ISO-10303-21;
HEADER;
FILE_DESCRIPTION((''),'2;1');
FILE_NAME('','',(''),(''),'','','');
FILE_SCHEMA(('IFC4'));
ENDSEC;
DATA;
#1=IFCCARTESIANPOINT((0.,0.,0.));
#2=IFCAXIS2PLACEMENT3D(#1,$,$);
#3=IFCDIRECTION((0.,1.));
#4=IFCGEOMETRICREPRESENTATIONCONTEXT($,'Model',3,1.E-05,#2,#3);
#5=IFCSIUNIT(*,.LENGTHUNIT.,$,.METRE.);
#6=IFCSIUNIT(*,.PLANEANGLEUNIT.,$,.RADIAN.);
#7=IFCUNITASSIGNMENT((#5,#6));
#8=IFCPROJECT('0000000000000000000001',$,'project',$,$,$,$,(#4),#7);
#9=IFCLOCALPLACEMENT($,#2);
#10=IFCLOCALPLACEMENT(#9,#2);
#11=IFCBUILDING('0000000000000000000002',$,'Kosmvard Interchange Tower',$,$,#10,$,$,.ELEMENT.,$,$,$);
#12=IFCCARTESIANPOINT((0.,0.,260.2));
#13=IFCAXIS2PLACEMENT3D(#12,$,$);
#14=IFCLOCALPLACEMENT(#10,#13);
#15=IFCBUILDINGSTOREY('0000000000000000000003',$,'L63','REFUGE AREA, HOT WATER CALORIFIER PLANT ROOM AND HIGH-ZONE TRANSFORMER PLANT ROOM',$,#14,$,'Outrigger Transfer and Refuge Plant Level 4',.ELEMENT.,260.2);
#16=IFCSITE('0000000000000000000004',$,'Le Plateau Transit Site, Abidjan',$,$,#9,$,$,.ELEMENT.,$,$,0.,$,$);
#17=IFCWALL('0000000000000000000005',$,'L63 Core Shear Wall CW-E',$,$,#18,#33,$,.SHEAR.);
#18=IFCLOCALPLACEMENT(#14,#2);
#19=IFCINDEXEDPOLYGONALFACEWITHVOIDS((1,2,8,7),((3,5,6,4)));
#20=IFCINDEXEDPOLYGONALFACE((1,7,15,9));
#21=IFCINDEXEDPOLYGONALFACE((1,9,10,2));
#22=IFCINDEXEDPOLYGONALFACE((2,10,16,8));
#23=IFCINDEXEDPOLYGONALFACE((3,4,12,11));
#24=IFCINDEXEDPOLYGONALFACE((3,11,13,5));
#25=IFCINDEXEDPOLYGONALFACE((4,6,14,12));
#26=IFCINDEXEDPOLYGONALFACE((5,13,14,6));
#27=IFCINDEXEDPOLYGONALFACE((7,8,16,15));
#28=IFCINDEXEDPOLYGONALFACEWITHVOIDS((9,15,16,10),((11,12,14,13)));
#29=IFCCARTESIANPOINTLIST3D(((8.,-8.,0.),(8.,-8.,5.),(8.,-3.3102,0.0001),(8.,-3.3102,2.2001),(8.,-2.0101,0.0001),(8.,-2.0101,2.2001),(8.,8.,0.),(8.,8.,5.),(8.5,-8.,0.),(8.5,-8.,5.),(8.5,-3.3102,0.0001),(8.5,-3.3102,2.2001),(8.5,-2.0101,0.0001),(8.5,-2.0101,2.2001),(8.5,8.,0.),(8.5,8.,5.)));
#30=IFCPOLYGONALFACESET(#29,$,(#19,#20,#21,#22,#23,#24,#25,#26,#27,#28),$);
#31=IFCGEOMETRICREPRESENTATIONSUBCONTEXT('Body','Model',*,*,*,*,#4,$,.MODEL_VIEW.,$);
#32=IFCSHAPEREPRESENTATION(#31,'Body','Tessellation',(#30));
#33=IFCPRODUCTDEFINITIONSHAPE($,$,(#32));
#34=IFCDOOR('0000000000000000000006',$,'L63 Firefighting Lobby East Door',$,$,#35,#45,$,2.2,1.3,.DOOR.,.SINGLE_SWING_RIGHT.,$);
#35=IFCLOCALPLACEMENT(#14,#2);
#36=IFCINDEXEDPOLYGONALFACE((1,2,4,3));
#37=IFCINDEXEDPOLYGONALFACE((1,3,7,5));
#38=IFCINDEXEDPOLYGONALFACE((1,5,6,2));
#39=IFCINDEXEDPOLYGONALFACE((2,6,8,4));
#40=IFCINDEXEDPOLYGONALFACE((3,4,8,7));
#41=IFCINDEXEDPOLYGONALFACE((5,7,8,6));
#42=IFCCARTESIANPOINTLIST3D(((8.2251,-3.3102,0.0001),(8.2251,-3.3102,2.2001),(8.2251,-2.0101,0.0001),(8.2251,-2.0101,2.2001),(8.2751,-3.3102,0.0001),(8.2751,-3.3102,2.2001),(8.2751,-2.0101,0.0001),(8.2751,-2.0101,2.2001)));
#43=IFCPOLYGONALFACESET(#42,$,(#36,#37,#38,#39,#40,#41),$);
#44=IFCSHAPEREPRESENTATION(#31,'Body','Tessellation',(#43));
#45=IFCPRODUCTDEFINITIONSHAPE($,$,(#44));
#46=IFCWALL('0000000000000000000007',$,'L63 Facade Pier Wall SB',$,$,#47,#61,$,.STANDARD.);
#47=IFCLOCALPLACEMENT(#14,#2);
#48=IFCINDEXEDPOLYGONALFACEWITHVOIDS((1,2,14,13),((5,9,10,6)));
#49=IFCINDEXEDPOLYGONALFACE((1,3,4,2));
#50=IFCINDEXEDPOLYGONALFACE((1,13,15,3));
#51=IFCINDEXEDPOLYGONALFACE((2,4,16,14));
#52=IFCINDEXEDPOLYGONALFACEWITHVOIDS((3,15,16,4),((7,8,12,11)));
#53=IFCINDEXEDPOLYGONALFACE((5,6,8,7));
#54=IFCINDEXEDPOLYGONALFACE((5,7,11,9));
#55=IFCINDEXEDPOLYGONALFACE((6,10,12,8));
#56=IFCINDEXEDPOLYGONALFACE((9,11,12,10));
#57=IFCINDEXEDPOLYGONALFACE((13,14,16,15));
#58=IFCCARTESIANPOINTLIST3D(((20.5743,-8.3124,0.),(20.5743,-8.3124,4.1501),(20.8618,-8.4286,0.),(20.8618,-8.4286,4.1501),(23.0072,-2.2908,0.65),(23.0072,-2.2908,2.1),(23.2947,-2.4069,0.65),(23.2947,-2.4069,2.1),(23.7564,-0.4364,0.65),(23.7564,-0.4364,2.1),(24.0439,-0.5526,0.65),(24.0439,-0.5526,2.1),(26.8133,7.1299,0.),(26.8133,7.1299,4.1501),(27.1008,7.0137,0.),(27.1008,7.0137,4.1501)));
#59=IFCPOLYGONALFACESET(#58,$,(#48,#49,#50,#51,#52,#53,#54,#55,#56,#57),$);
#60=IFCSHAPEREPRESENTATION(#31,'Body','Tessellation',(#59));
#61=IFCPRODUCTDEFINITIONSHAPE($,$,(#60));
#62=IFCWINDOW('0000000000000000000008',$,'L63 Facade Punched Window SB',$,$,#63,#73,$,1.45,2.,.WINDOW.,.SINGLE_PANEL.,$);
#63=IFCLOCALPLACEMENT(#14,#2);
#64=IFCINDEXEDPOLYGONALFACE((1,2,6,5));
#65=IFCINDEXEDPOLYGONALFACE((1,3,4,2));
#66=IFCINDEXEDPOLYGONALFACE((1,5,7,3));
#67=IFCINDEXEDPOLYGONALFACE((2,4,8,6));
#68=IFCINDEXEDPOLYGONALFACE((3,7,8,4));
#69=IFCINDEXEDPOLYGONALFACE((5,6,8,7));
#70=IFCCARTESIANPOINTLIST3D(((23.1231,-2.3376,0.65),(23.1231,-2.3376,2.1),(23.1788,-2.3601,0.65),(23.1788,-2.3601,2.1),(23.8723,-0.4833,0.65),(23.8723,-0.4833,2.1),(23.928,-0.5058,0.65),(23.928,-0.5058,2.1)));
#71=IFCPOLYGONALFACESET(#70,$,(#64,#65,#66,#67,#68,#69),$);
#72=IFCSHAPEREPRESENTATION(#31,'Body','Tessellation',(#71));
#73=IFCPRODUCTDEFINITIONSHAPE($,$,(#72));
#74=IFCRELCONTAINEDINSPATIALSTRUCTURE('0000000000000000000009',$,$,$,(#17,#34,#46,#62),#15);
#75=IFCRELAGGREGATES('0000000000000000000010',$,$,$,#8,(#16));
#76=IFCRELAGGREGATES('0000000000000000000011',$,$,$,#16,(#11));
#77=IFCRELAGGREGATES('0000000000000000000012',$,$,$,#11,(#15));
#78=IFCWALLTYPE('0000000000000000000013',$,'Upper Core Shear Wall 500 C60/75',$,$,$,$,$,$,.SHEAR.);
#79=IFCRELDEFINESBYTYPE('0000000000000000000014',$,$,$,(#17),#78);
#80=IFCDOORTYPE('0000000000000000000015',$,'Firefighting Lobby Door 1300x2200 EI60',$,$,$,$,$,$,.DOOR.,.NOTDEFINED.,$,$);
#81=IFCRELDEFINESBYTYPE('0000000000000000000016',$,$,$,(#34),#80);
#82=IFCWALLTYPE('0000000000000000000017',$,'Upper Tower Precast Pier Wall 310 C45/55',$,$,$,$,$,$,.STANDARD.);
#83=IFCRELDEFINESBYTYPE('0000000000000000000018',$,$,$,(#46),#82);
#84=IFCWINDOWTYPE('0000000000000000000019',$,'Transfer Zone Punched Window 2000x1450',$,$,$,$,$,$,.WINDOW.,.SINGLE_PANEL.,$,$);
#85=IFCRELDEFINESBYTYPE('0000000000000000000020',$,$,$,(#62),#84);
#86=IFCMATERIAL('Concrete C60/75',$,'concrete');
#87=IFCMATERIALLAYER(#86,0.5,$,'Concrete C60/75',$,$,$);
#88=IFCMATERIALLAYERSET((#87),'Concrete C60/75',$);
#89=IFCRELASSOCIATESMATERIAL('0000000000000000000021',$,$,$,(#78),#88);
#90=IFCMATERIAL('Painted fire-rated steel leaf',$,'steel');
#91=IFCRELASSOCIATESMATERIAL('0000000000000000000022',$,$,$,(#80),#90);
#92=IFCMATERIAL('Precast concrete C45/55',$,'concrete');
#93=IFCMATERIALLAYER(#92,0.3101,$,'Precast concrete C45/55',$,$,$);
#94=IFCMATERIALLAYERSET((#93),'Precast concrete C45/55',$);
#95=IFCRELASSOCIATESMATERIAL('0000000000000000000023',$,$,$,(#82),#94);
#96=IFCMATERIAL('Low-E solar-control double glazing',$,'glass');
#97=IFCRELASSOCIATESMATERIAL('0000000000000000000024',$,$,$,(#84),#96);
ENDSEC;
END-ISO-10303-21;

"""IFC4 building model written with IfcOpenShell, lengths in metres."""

from ifc_helpers import new_model, si_unit, direction, frame, frame_2d, origin, place, context, subcontext, project, spatial, rectangle, extrude, source, transform, mapped, material, layer, layer_set, type_object, element, fill, save


model = new_model("IFC4")

# Units and contexts
model_context = context("Model", 3, precision=1e-05, world=origin(), true_north=direction((0.0, 1.0)))
body_context = subcontext(model_context, "Body", "Model", "MODEL_VIEW")
ifc_project = project(units=[si_unit("LENGTHUNIT", "METRE"), si_unit("PLANEANGLEUNIT", "RADIAN")], contexts=[model_context])

# Site, building, storey
site_placement = place(None, origin())
site = spatial("IfcSite", under=ifc_project, at=site_placement, Name="Le Plateau Transit Site, Abidjan", CompositionType="ELEMENT", RefElevation=0.0)
building_placement = place(site_placement, origin())
building = spatial("IfcBuilding", under=site, at=building_placement, Name="Kosmvard Interchange Tower", CompositionType="ELEMENT")
storey_placement = place(building_placement, frame((0.0, 0.0, 260.2)))
storey = spatial("IfcBuildingStorey", under=building, at=storey_placement, Name="L63", Description="REFUGE AREA, HOT WATER CALORIFIER PLANT ROOM AND HIGH-ZONE TRANSFORMER PLANT ROOM", LongName="Outrigger Transfer and Refuge Plant Level 4", CompositionType="ELEMENT", Elevation=260.2)

# Shared definitions
ifc_material_1 = material(Name="Concrete C60/75", Category="concrete")

# Shared definitions
ifc_material_2 = material(Name="Painted fire-rated steel leaf", Category="steel")

# Wall, opening, door
ifc_layer_1 = layer(ifc_material_1, 0.5, Name="Concrete C60/75")
ifc_layer_set_1 = layer_set([ifc_layer_1], Name="Concrete C60/75")
wall_type_1 = type_object("IfcWallType", Name="Upper Core Shear Wall 500 C60/75", PredefinedType="SHEAR", material=ifc_layer_set_1)
wall_1_placement = place(storey_placement, frame((8.25, -8.0, 0.0), z_axis=(0.0, 0.0, 1.0), x_axis=(0.0, 1.0, 0.0)))
wall_1 = element("IfcWall", 1, at=wall_1_placement, inside=storey, type_object=wall_type_1, Name="L63 Core Shear Wall CW-E", PredefinedType="SHEAR", context=body_context, shape_type="SweptSolid", body=[
    extrude(rectangle(XDim=16.0, YDim=0.5, at=frame_2d((8.0, 0.0))), origin(), (0.0, 0.0, 1.0), 5.0),
])
opening_1_placement = place(wall_1_placement, frame((4.6899, 0.0, 0.0)))
opening_1 = element("IfcOpeningElement", 2, at=opening_1_placement, cuts=wall_1, PredefinedType="OPENING", context=body_context, shape_type="SweptSolid", body=[
    extrude(rectangle(XDim=1.3, YDim=2.2, at=frame_2d((0.6499, 1.1001))), frame((0.0, 0.26, 0.0), z_axis=(0.0, -1.0, 0.0), x_axis=(1.0, 0.0, 0.0)), (0.0, 0.0, 1.0), 0.52),
])
door_type_1 = type_object("IfcDoorType", Name="Firefighting Lobby Door 1300x2200 EI60", OperationType="NOTDEFINED", PredefinedType="DOOR", material=ifc_material_2)
shared_shape_1 = source(origin(), body_context, "Body", "SweptSolid", [
    extrude(rectangle(XDim=1.3, YDim=2.2, at=frame_2d((0.6499, 1.1001))), frame((0.0, 0.0249, 0.0), z_axis=(0.0, -1.0, 0.0), x_axis=(1.0, 0.0, 0.0)), (0.0, 0.0, 1.0), 0.05),
])
door_1_placement = place(opening_1_placement, origin())
door_1 = element("IfcDoor", 3, at=door_1_placement, inside=storey, type_object=door_type_1, Name="L63 Firefighting Lobby East Door", OperationType="SINGLE_SWING_RIGHT", OverallHeight=2.2, OverallWidth=1.3, PredefinedType="DOOR", context=body_context, shape_type="MappedRepresentation", body=[
    mapped(shared_shape_1, transform((0.0, 0.0, 0.0), scale=1.0)),
])
fill(opening_1, door_1)

# Wall, opening, window
ifc_material_3 = material(Name="Precast concrete C45/55", Category="concrete")
ifc_layer_2 = layer(ifc_material_3, 0.3101, Name="Precast concrete C45/55")
ifc_layer_set_2 = layer_set([ifc_layer_2], Name="Precast concrete C45/55")
wall_type_2 = type_object("IfcWallType", Name="Upper Tower Precast Pier Wall 310 C45/55", PredefinedType="STANDARD", material=ifc_layer_set_2)
wall_2_placement = place(storey_placement, frame((20.718, -8.3706, 0.0), z_axis=(0.0, 0.0, 1.0), x_axis=(0.374601, 0.927186, 0.0)))
wall_2 = element("IfcWall", 4, at=wall_2_placement, inside=storey, type_object=wall_type_2, Name="L63 Facade Pier Wall SB", PredefinedType="STANDARD", context=body_context, shape_type="SweptSolid", body=[
    extrude(rectangle(XDim=16.655, YDim=0.3101, at=frame_2d((8.3276, 0.0))), origin(), (0.0, 0.0, 1.0), 4.1501),
])
opening_2_placement = place(wall_2_placement, frame((6.4946, 0.0, 0.6499)))
opening_2 = element("IfcOpeningElement", 5, at=opening_2_placement, cuts=wall_2, PredefinedType="OPENING", context=body_context, shape_type="SweptSolid", body=[
    extrude(rectangle(XDim=2.0, YDim=1.45, at=frame_2d((1.0, 0.7251))), frame((0.0, 0.165, 0.0), z_axis=(0.0, -1.0, 0.0), x_axis=(1.0, 0.0, 0.0)), (0.0, 0.0, 1.0), 0.3301),
])
ifc_material_4 = material(Name="Low-E solar-control double glazing", Category="glass")
window_type = type_object("IfcWindowType", Name="Transfer Zone Punched Window 2000x1450", PartitioningType="SINGLE_PANEL", PredefinedType="WINDOW", material=ifc_material_4)
shared_shape_2 = source(origin(), body_context, "Body", "SweptSolid", [
    extrude(rectangle(XDim=2.0, YDim=1.45, at=frame_2d((1.0, 0.7251))), frame((0.0, 0.03, 0.0), z_axis=(0.0, -1.0, 0.0), x_axis=(1.0, 0.0, 0.0)), (0.0, 0.0, 1.0), 0.0601),
])
window_placement = place(opening_2_placement, origin())
window = element("IfcWindow", 6, at=window_placement, inside=storey, type_object=window_type, Name="L63 Facade Punched Window SB", OverallHeight=1.45, OverallWidth=2.0, PartitioningType="SINGLE_PANEL", PredefinedType="WINDOW", context=body_context, shape_type="MappedRepresentation", body=[
    mapped(shared_shape_2, transform((0.0, 0.0, 0.0), scale=1.0)),
])
fill(opening_2, window)

save(model, "model.ifc")
